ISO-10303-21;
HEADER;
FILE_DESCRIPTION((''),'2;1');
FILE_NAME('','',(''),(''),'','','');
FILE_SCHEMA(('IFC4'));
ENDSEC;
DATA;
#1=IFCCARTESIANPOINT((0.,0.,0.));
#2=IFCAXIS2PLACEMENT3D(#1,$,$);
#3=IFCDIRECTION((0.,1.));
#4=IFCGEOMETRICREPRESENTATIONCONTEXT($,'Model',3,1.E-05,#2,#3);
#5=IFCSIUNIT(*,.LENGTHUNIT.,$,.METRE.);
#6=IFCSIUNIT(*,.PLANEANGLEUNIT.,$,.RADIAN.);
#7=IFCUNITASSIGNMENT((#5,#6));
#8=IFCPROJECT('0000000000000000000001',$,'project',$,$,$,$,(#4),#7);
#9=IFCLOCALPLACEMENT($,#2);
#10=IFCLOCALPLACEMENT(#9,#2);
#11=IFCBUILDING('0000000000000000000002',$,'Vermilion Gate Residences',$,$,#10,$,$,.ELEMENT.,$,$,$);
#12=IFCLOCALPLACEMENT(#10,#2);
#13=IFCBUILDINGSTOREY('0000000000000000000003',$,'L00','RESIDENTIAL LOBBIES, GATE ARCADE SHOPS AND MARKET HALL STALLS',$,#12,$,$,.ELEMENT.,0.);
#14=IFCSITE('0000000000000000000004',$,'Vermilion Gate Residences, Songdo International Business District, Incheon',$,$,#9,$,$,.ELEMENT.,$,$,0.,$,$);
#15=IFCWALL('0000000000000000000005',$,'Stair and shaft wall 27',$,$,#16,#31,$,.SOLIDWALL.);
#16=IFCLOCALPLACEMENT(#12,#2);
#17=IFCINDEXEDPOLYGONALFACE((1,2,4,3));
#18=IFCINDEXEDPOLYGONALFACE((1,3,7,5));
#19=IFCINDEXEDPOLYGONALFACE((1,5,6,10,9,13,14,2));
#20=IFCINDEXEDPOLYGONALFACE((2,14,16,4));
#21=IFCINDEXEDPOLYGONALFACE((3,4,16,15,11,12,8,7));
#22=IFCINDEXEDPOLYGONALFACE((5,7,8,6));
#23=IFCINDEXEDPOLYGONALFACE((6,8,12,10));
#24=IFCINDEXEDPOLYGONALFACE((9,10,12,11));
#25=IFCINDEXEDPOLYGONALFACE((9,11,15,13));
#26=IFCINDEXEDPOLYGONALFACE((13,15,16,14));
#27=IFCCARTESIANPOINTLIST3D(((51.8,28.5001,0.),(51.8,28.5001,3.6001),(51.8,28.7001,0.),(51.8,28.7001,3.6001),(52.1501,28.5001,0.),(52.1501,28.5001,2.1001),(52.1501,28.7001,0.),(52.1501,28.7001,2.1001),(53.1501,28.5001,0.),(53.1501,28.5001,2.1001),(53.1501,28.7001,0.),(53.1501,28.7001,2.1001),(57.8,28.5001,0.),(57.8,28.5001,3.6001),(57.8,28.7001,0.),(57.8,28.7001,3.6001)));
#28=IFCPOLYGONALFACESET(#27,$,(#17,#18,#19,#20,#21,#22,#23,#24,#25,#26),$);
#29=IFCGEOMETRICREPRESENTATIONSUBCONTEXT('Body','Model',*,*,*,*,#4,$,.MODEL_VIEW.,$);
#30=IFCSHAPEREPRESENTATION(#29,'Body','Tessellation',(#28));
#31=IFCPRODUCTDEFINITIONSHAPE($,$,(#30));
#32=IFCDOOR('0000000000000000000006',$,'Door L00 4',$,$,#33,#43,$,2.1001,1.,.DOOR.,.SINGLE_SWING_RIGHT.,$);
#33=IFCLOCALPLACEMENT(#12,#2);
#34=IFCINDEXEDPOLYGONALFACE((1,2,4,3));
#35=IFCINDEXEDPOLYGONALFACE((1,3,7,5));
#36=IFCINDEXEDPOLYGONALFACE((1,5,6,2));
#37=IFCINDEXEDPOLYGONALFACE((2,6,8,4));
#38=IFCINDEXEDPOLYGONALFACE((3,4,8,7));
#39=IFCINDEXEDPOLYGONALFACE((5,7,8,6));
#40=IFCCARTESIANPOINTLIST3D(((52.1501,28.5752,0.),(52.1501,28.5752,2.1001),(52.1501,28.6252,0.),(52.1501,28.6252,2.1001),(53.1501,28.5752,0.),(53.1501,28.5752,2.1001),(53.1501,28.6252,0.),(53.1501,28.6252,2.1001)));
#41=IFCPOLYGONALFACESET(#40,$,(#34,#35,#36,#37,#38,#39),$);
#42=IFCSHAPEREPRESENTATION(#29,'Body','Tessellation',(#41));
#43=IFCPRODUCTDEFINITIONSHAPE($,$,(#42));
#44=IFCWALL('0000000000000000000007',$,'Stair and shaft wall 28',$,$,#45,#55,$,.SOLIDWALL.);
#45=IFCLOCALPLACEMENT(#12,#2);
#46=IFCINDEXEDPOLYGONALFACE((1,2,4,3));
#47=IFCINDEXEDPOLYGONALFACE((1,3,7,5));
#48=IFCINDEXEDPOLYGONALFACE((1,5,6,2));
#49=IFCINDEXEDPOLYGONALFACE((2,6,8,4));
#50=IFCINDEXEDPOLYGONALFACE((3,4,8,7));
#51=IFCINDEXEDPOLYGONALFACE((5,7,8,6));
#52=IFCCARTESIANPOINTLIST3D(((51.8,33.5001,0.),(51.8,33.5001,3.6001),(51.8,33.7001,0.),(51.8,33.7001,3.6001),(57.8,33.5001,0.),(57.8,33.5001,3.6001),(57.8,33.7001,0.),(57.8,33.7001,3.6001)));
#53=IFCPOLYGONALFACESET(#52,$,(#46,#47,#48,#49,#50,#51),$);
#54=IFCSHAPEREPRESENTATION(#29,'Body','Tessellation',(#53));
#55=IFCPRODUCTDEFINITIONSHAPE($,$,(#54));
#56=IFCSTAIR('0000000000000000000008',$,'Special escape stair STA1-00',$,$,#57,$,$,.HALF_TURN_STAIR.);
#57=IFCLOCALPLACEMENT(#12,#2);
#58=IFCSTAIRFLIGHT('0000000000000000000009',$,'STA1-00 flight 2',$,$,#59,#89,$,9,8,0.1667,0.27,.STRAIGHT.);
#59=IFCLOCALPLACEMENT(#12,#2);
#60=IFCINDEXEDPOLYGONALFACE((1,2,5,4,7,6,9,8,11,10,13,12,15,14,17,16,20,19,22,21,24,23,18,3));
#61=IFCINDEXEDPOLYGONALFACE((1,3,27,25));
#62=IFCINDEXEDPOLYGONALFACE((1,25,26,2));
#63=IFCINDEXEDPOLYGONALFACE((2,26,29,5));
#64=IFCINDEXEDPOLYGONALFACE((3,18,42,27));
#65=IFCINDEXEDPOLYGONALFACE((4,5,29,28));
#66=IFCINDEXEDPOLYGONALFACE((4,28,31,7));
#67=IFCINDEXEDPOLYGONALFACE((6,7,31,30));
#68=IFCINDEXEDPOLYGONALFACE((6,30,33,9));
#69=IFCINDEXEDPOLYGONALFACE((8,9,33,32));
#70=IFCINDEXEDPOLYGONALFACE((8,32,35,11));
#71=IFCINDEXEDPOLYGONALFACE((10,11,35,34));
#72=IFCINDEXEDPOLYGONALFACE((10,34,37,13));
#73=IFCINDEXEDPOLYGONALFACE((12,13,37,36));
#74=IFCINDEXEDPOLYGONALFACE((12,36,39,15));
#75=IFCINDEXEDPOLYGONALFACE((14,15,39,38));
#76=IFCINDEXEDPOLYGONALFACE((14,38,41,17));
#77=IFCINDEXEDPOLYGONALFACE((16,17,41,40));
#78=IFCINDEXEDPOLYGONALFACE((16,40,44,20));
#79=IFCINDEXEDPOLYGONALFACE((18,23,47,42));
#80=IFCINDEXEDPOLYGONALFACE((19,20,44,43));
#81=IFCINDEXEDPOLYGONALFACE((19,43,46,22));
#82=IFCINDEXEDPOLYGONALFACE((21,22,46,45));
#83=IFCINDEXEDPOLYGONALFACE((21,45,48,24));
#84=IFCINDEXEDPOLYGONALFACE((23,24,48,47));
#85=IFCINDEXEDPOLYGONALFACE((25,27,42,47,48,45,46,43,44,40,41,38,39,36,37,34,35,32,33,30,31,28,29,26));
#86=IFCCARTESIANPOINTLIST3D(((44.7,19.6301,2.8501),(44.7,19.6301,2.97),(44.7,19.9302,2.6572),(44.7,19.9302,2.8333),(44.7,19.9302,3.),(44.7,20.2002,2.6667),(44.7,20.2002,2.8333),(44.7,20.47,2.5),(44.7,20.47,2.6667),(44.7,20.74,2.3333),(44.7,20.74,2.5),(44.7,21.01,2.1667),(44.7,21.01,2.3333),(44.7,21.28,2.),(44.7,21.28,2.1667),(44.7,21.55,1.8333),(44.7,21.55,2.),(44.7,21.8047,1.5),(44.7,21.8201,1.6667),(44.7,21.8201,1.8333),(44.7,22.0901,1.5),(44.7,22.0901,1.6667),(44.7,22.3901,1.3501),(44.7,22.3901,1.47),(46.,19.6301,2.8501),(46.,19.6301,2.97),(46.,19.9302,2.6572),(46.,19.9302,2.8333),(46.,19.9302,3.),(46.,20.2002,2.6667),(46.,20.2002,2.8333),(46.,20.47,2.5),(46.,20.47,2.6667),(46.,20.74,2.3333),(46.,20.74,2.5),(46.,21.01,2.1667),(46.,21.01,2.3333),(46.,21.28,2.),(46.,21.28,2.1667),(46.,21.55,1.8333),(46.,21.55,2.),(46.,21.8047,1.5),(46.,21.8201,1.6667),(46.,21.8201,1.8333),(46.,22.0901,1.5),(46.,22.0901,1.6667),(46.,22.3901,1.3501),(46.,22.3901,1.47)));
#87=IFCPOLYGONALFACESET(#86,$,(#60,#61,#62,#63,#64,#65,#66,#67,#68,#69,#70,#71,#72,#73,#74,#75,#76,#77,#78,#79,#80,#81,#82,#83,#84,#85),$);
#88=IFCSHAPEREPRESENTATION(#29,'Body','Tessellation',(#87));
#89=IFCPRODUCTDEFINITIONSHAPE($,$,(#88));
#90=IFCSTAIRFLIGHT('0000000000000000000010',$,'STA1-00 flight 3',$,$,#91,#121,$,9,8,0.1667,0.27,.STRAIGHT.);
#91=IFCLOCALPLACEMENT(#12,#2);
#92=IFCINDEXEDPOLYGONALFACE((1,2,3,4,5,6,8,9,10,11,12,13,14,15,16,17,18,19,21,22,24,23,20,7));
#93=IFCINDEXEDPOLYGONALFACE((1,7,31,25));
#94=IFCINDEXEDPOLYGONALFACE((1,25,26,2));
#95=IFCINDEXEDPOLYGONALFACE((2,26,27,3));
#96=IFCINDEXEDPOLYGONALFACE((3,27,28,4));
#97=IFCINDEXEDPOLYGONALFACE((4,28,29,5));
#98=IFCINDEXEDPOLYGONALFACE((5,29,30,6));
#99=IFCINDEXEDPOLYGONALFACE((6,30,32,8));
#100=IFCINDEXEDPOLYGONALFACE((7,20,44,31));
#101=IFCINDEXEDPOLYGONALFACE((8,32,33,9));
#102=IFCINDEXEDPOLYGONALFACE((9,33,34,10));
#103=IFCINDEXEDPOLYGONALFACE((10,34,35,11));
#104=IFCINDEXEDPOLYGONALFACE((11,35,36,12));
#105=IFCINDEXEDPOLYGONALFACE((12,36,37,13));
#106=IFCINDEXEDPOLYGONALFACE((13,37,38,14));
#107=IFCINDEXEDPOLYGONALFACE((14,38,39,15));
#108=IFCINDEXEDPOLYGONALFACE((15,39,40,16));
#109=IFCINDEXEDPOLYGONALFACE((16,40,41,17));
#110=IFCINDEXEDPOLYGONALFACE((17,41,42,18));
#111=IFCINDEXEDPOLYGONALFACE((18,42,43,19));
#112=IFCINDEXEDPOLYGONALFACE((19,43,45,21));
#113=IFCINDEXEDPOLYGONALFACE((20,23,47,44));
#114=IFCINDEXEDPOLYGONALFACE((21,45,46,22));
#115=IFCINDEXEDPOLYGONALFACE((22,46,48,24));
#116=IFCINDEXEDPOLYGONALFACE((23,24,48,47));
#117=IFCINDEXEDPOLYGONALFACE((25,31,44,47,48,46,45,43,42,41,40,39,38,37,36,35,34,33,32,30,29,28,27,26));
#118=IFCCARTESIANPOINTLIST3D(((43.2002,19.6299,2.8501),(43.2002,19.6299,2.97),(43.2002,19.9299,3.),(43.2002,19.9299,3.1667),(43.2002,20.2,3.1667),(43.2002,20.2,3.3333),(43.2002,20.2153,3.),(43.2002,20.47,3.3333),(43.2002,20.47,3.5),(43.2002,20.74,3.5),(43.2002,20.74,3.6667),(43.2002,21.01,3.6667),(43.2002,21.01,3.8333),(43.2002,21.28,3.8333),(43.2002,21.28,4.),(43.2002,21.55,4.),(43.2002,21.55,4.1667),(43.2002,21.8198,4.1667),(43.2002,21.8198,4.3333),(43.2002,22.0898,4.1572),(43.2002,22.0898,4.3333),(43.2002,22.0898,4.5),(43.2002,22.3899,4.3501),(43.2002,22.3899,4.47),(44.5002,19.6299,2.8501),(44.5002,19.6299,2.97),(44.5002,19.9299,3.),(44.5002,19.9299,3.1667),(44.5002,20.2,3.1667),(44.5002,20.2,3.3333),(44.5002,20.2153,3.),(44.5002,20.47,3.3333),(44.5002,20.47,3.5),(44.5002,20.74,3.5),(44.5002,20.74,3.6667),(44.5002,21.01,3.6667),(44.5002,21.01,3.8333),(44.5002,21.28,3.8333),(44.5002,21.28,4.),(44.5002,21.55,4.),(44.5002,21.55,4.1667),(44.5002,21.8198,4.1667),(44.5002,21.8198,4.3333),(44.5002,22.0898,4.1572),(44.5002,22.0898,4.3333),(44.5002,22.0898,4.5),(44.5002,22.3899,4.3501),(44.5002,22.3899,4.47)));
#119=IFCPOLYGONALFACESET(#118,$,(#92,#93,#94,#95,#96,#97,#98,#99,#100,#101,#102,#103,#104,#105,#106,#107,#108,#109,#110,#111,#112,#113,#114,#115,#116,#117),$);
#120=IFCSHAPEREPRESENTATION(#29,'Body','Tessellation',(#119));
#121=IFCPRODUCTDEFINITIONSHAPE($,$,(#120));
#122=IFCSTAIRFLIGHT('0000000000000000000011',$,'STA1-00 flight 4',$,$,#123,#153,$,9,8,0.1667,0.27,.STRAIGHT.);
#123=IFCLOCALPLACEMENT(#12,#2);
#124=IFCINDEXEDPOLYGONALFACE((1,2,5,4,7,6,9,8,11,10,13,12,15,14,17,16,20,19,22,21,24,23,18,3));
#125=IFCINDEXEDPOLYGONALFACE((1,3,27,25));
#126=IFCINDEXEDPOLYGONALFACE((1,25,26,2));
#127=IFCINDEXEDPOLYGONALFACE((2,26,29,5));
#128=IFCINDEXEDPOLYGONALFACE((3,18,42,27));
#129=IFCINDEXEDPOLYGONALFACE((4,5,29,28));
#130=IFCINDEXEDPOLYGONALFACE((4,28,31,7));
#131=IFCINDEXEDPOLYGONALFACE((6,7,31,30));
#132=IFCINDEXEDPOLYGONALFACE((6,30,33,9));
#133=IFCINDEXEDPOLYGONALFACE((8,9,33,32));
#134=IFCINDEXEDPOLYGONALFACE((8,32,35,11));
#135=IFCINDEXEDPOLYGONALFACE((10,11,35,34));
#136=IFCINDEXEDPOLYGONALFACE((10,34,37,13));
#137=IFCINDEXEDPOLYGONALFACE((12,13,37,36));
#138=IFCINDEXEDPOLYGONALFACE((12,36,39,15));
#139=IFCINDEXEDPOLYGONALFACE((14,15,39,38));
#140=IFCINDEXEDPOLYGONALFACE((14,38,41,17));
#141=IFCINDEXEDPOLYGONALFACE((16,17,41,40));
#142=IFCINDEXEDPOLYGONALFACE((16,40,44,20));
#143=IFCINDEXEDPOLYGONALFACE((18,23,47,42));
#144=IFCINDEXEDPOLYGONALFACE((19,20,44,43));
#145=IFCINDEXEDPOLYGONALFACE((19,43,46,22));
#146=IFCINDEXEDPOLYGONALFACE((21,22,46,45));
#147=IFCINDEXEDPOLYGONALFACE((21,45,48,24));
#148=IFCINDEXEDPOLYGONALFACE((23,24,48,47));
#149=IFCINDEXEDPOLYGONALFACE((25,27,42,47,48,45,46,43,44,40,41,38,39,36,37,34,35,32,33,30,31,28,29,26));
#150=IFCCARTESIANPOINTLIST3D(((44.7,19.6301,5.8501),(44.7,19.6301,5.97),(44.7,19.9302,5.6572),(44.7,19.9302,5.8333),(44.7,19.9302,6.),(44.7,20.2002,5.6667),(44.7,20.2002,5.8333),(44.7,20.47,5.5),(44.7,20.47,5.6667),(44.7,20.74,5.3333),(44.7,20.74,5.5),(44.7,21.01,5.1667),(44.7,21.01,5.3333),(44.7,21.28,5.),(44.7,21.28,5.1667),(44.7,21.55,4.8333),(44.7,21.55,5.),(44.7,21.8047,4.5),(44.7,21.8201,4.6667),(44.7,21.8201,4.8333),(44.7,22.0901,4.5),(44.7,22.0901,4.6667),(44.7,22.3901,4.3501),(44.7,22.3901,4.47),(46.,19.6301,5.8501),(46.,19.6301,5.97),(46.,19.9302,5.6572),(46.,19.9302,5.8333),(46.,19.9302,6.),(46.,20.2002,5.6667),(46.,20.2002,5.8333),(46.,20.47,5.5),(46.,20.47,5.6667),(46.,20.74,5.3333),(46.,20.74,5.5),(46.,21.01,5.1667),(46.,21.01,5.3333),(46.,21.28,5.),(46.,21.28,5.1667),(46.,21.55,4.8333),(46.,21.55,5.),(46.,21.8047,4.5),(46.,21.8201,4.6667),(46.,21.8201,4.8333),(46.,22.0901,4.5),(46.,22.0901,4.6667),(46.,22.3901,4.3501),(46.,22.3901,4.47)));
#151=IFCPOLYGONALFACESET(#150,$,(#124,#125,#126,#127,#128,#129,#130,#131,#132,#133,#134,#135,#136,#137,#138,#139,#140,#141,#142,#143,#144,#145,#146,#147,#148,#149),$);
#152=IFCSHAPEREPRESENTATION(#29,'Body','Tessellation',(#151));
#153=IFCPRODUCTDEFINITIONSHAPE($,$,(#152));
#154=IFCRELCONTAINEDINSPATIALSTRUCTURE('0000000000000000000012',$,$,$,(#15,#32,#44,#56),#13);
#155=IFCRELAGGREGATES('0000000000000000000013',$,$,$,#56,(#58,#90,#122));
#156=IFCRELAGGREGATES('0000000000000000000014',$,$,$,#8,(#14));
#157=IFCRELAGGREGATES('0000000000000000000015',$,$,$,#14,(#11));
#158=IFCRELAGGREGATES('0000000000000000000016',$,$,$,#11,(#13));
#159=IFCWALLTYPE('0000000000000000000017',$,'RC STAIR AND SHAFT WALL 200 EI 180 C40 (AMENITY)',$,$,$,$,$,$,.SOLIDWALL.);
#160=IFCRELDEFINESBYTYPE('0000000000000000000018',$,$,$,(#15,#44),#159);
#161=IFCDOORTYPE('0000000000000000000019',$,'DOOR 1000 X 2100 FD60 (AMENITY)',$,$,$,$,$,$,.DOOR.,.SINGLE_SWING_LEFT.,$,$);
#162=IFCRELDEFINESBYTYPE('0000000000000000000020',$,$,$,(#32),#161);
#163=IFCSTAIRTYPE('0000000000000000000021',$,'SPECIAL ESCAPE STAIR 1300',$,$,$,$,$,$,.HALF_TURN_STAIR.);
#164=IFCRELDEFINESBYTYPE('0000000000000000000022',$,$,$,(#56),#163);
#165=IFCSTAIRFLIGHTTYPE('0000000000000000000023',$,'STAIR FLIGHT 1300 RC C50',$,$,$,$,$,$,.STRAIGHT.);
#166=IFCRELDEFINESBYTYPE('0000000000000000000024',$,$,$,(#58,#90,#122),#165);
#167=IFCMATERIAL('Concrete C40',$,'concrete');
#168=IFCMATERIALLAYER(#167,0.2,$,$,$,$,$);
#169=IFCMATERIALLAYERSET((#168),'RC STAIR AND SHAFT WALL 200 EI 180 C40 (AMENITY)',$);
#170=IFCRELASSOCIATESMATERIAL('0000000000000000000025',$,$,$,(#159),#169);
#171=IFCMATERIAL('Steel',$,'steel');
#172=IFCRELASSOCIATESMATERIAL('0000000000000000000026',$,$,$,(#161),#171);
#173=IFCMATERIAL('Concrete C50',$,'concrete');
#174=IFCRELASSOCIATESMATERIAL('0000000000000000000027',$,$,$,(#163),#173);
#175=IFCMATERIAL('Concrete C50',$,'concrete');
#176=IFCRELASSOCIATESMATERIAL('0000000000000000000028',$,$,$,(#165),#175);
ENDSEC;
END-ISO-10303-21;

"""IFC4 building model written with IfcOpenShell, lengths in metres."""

from ifc_helpers import new_model, si_unit, direction, frame, frame_2d, origin, place, context, subcontext, project, spatial, polyline, rectangle, outline, extrude, material, layer, layer_set, type_object, element, fill, aggregate, save


model = new_model("IFC4")

# Units and contexts
model_context = context("Model", 3, precision=1e-05, world=origin(), true_north=direction((0.0, 1.0)))
body_context = subcontext(model_context, "Body", "Model", "MODEL_VIEW")
ifc_project = project(units=[si_unit("LENGTHUNIT", "METRE"), si_unit("PLANEANGLEUNIT", "RADIAN")], contexts=[model_context])

# Site, building, storey
site_placement = place(None, origin())
site = spatial("IfcSite", under=ifc_project, at=site_placement, Name="Vermilion Gate Residences, Songdo International Business District, Incheon", CompositionType="ELEMENT", RefElevation=0.0)
building_placement = place(site_placement, origin())
building = spatial("IfcBuilding", under=site, at=building_placement, Name="Vermilion Gate Residences", CompositionType="ELEMENT")
storey_placement = place(building_placement, origin())
storey = spatial("IfcBuildingStorey", under=building, at=storey_placement, Name="L00", Description="RESIDENTIAL LOBBIES, GATE ARCADE SHOPS AND MARKET HALL STALLS", CompositionType="ELEMENT", Elevation=0.0)

# Shared definitions
ifc_material_1 = material(Name="Concrete C40", Category="concrete")
ifc_layer_1 = layer(ifc_material_1, 0.2)
ifc_layer_set_1 = layer_set([ifc_layer_1], Name="RC STAIR AND SHAFT WALL 200 EI 180 C40 (AMENITY)")
wall_type_1 = type_object("IfcWallType", Name="RC STAIR AND SHAFT WALL 200 EI 180 C40 (AMENITY)", PredefinedType="SOLIDWALL", material=ifc_layer_set_1)

# Wall, opening, door
wall_1_placement = place(storey_placement, frame((51.8, 28.6001, 0.0), z_axis=(0.0, 0.0, 1.0), x_axis=(1.0, 0.0, 0.0)))
wall_1 = element("IfcWall", 1, at=wall_1_placement, inside=storey, type_object=wall_type_1, Name="Stair and shaft wall 27", PredefinedType="SOLIDWALL", context=body_context, shape_type="SweptSolid", body=[
    extrude(rectangle(XDim=6.0, YDim=0.2, at=frame_2d((3.0, 0.0))), origin(), (0.0, 0.0, 1.0), 3.6001),
])
opening_1_placement = place(wall_1_placement, frame((0.3501, 0.0, 0.0)))
opening_1 = element("IfcOpeningElement", 2, at=opening_1_placement, cuts=wall_1, PredefinedType="OPENING", context=body_context, shape_type="SweptSolid", body=[
    extrude(rectangle(XDim=1.0, YDim=2.1001, at=frame_2d((0.5, 1.05))), frame((0.0, 0.1099, 0.0), z_axis=(0.0, -1.0, 0.0), x_axis=(1.0, 0.0, 0.0)), (0.0, 0.0, 1.0), 0.22),
])
ifc_material_2 = material(Name="Steel", Category="steel")
door_type_1 = type_object("IfcDoorType", Name="DOOR 1000 X 2100 FD60 (AMENITY)", OperationType="SINGLE_SWING_LEFT", PredefinedType="DOOR", material=ifc_material_2)
door_1_placement = place(opening_1_placement, frame((1.0, 0.0, 0.0), z_axis=(0.0, 0.0, 1.0), x_axis=(-1.0, 0.0, 0.0)))
door_1 = element("IfcDoor", 3, at=door_1_placement, inside=storey, type_object=door_type_1, Name="Door L00 4", OperationType="SINGLE_SWING_RIGHT", OverallHeight=2.1001, OverallWidth=1.0, PredefinedType="DOOR", context=body_context, shape_type="SweptSolid", body=[
    extrude(rectangle(XDim=1.0, YDim=2.1001, at=frame_2d((0.5, 1.05))), frame((0.0, 0.0249, 0.0), z_axis=(0.0, -1.0, 0.0), x_axis=(1.0, 0.0, 0.0)), (0.0, 0.0, 1.0), 0.05),
])
fill(opening_1, door_1)

# Wall
wall_2_placement = place(storey_placement, frame((51.8, 33.6001, 0.0), z_axis=(0.0, 0.0, 1.0), x_axis=(1.0, 0.0, 0.0)))
element("IfcWall", 4, at=wall_2_placement, inside=storey, type_object=wall_type_1, Name="Stair and shaft wall 28", PredefinedType="SOLIDWALL", context=body_context, shape_type="SweptSolid", body=[
    extrude(rectangle(XDim=6.0, YDim=0.2, at=frame_2d((3.0, 0.0))), origin(), (0.0, 0.0, 1.0), 3.6001),
])

# Stair, stair flights
ifc_material_3 = material(Name="Concrete C50", Category="concrete")
stair_type = type_object("IfcStairType", Name="SPECIAL ESCAPE STAIR 1300", PredefinedType="HALF_TURN_STAIR", material=ifc_material_3)
stair_1_placement = place(storey_placement, origin())
stair_1 = element("IfcStair", 5, at=stair_1_placement, inside=storey, type_object=stair_type, Name="Special escape stair STA1-00", PredefinedType="HALF_TURN_STAIR")
ifc_material_4 = material(Name="Concrete C50", Category="concrete")
stair_flight_type = type_object("IfcStairFlightType", Name="STAIR FLIGHT 1300 RC C50", PredefinedType="STRAIGHT", material=ifc_material_4)
stair_flight_1_placement = place(storey_placement, frame((45.3501, 22.0901, 1.5), z_axis=(0.0, 0.0, 1.0), x_axis=(0.0, -1.0, 0.0)))
stair_flight_1 = element("IfcStairFlight", 6, at=stair_flight_1_placement, type_object=stair_flight_type, Name="STA1-00 flight 2", NumberOfRisers=9, NumberOfTreads=8, PredefinedType="STRAIGHT", RiserHeight=0.1667, TreadLength=0.27, context=body_context, shape_type="SweptSolid", body=[
    extrude(outline(polyline([(-0.3, -0.1499), (-0.3, -0.03), (0.0, 0.0), (0.0, 0.1667), (0.27, 0.1667), (0.27, 0.3333), (0.54, 0.3333), (0.54, 0.5), (0.8101, 0.5), (0.8101, 0.6667), (1.0801, 0.6667), (1.0801, 0.8333), (1.3501, 0.8333), (1.3501, 1.0), (1.6201, 1.0), (1.6201, 1.1667), (1.8899, 1.1667), (1.8899, 1.3333), (2.1599, 1.3333), (2.1599, 1.5), (2.46, 1.47), (2.46, 1.3501), (2.1599, 1.1572), (0.2854, 0.0), (-0.3, -0.1499)])), frame((0.0, 0.6499, 0.0), z_axis=(0.0, -1.0, 0.0), x_axis=(1.0, 0.0, 0.0)), (0.0, 0.0, 1.0), 1.3),
])
stair_flight_2_placement = place(storey_placement, frame((43.8501, 19.9299, 3.0), z_axis=(0.0, 0.0, 1.0), x_axis=(0.0, 1.0, 0.0)))
stair_flight_2 = element("IfcStairFlight", 7, at=stair_flight_2_placement, type_object=stair_flight_type, Name="STA1-00 flight 3", NumberOfRisers=9, NumberOfTreads=8, PredefinedType="STRAIGHT", RiserHeight=0.1667, TreadLength=0.27, context=body_context, shape_type="SweptSolid", body=[
    extrude(outline(polyline([(-0.3, -0.1499), (-0.3, -0.03), (0.0, 0.0), (0.0, 0.1667), (0.27, 0.1667), (0.27, 0.3333), (0.54, 0.3333), (0.54, 0.5), (0.8101, 0.5), (0.8101, 0.6667), (1.0801, 0.6667), (1.0801, 0.8333), (1.3501, 0.8333), (1.3501, 1.0), (1.6201, 1.0), (1.6201, 1.1667), (1.8899, 1.1667), (1.8899, 1.3333), (2.1599, 1.3333), (2.1599, 1.5), (2.46, 1.47), (2.46, 1.3501), (2.1599, 1.1572), (0.2854, 0.0), (-0.3, -0.1499)])), frame((0.0, 0.6499, 0.0), z_axis=(0.0, -1.0, 0.0), x_axis=(1.0, 0.0, 0.0)), (0.0, 0.0, 1.0), 1.3),
])
stair_flight_3_placement = place(storey_placement, frame((45.3501, 22.0901, 4.5), z_axis=(0.0, 0.0, 1.0), x_axis=(0.0, -1.0, 0.0)))
stair_flight_3 = element("IfcStairFlight", 8, at=stair_flight_3_placement, type_object=stair_flight_type, Name="STA1-00 flight 4", NumberOfRisers=9, NumberOfTreads=8, PredefinedType="STRAIGHT", RiserHeight=0.1667, TreadLength=0.27, context=body_context, shape_type="SweptSolid", body=[
    extrude(outline(polyline([(-0.3, -0.1499), (-0.3, -0.03), (0.0, 0.0), (0.0, 0.1667), (0.27, 0.1667), (0.27, 0.3333), (0.54, 0.3333), (0.54, 0.5), (0.8101, 0.5), (0.8101, 0.6667), (1.0801, 0.6667), (1.0801, 0.8333), (1.3501, 0.8333), (1.3501, 1.0), (1.6201, 1.0), (1.6201, 1.1667), (1.8899, 1.1667), (1.8899, 1.3333), (2.1599, 1.3333), (2.1599, 1.5), (2.46, 1.47), (2.46, 1.3501), (2.1599, 1.1572), (0.2854, 0.0), (-0.3, -0.1499)])), frame((0.0, 0.6499, 0.0), z_axis=(0.0, -1.0, 0.0), x_axis=(1.0, 0.0, 0.0)), (0.0, 0.0, 1.0), 1.3),
])
aggregate(stair_1, [stair_flight_1, stair_flight_2, stair_flight_3])

save(model, "model.ifc")
